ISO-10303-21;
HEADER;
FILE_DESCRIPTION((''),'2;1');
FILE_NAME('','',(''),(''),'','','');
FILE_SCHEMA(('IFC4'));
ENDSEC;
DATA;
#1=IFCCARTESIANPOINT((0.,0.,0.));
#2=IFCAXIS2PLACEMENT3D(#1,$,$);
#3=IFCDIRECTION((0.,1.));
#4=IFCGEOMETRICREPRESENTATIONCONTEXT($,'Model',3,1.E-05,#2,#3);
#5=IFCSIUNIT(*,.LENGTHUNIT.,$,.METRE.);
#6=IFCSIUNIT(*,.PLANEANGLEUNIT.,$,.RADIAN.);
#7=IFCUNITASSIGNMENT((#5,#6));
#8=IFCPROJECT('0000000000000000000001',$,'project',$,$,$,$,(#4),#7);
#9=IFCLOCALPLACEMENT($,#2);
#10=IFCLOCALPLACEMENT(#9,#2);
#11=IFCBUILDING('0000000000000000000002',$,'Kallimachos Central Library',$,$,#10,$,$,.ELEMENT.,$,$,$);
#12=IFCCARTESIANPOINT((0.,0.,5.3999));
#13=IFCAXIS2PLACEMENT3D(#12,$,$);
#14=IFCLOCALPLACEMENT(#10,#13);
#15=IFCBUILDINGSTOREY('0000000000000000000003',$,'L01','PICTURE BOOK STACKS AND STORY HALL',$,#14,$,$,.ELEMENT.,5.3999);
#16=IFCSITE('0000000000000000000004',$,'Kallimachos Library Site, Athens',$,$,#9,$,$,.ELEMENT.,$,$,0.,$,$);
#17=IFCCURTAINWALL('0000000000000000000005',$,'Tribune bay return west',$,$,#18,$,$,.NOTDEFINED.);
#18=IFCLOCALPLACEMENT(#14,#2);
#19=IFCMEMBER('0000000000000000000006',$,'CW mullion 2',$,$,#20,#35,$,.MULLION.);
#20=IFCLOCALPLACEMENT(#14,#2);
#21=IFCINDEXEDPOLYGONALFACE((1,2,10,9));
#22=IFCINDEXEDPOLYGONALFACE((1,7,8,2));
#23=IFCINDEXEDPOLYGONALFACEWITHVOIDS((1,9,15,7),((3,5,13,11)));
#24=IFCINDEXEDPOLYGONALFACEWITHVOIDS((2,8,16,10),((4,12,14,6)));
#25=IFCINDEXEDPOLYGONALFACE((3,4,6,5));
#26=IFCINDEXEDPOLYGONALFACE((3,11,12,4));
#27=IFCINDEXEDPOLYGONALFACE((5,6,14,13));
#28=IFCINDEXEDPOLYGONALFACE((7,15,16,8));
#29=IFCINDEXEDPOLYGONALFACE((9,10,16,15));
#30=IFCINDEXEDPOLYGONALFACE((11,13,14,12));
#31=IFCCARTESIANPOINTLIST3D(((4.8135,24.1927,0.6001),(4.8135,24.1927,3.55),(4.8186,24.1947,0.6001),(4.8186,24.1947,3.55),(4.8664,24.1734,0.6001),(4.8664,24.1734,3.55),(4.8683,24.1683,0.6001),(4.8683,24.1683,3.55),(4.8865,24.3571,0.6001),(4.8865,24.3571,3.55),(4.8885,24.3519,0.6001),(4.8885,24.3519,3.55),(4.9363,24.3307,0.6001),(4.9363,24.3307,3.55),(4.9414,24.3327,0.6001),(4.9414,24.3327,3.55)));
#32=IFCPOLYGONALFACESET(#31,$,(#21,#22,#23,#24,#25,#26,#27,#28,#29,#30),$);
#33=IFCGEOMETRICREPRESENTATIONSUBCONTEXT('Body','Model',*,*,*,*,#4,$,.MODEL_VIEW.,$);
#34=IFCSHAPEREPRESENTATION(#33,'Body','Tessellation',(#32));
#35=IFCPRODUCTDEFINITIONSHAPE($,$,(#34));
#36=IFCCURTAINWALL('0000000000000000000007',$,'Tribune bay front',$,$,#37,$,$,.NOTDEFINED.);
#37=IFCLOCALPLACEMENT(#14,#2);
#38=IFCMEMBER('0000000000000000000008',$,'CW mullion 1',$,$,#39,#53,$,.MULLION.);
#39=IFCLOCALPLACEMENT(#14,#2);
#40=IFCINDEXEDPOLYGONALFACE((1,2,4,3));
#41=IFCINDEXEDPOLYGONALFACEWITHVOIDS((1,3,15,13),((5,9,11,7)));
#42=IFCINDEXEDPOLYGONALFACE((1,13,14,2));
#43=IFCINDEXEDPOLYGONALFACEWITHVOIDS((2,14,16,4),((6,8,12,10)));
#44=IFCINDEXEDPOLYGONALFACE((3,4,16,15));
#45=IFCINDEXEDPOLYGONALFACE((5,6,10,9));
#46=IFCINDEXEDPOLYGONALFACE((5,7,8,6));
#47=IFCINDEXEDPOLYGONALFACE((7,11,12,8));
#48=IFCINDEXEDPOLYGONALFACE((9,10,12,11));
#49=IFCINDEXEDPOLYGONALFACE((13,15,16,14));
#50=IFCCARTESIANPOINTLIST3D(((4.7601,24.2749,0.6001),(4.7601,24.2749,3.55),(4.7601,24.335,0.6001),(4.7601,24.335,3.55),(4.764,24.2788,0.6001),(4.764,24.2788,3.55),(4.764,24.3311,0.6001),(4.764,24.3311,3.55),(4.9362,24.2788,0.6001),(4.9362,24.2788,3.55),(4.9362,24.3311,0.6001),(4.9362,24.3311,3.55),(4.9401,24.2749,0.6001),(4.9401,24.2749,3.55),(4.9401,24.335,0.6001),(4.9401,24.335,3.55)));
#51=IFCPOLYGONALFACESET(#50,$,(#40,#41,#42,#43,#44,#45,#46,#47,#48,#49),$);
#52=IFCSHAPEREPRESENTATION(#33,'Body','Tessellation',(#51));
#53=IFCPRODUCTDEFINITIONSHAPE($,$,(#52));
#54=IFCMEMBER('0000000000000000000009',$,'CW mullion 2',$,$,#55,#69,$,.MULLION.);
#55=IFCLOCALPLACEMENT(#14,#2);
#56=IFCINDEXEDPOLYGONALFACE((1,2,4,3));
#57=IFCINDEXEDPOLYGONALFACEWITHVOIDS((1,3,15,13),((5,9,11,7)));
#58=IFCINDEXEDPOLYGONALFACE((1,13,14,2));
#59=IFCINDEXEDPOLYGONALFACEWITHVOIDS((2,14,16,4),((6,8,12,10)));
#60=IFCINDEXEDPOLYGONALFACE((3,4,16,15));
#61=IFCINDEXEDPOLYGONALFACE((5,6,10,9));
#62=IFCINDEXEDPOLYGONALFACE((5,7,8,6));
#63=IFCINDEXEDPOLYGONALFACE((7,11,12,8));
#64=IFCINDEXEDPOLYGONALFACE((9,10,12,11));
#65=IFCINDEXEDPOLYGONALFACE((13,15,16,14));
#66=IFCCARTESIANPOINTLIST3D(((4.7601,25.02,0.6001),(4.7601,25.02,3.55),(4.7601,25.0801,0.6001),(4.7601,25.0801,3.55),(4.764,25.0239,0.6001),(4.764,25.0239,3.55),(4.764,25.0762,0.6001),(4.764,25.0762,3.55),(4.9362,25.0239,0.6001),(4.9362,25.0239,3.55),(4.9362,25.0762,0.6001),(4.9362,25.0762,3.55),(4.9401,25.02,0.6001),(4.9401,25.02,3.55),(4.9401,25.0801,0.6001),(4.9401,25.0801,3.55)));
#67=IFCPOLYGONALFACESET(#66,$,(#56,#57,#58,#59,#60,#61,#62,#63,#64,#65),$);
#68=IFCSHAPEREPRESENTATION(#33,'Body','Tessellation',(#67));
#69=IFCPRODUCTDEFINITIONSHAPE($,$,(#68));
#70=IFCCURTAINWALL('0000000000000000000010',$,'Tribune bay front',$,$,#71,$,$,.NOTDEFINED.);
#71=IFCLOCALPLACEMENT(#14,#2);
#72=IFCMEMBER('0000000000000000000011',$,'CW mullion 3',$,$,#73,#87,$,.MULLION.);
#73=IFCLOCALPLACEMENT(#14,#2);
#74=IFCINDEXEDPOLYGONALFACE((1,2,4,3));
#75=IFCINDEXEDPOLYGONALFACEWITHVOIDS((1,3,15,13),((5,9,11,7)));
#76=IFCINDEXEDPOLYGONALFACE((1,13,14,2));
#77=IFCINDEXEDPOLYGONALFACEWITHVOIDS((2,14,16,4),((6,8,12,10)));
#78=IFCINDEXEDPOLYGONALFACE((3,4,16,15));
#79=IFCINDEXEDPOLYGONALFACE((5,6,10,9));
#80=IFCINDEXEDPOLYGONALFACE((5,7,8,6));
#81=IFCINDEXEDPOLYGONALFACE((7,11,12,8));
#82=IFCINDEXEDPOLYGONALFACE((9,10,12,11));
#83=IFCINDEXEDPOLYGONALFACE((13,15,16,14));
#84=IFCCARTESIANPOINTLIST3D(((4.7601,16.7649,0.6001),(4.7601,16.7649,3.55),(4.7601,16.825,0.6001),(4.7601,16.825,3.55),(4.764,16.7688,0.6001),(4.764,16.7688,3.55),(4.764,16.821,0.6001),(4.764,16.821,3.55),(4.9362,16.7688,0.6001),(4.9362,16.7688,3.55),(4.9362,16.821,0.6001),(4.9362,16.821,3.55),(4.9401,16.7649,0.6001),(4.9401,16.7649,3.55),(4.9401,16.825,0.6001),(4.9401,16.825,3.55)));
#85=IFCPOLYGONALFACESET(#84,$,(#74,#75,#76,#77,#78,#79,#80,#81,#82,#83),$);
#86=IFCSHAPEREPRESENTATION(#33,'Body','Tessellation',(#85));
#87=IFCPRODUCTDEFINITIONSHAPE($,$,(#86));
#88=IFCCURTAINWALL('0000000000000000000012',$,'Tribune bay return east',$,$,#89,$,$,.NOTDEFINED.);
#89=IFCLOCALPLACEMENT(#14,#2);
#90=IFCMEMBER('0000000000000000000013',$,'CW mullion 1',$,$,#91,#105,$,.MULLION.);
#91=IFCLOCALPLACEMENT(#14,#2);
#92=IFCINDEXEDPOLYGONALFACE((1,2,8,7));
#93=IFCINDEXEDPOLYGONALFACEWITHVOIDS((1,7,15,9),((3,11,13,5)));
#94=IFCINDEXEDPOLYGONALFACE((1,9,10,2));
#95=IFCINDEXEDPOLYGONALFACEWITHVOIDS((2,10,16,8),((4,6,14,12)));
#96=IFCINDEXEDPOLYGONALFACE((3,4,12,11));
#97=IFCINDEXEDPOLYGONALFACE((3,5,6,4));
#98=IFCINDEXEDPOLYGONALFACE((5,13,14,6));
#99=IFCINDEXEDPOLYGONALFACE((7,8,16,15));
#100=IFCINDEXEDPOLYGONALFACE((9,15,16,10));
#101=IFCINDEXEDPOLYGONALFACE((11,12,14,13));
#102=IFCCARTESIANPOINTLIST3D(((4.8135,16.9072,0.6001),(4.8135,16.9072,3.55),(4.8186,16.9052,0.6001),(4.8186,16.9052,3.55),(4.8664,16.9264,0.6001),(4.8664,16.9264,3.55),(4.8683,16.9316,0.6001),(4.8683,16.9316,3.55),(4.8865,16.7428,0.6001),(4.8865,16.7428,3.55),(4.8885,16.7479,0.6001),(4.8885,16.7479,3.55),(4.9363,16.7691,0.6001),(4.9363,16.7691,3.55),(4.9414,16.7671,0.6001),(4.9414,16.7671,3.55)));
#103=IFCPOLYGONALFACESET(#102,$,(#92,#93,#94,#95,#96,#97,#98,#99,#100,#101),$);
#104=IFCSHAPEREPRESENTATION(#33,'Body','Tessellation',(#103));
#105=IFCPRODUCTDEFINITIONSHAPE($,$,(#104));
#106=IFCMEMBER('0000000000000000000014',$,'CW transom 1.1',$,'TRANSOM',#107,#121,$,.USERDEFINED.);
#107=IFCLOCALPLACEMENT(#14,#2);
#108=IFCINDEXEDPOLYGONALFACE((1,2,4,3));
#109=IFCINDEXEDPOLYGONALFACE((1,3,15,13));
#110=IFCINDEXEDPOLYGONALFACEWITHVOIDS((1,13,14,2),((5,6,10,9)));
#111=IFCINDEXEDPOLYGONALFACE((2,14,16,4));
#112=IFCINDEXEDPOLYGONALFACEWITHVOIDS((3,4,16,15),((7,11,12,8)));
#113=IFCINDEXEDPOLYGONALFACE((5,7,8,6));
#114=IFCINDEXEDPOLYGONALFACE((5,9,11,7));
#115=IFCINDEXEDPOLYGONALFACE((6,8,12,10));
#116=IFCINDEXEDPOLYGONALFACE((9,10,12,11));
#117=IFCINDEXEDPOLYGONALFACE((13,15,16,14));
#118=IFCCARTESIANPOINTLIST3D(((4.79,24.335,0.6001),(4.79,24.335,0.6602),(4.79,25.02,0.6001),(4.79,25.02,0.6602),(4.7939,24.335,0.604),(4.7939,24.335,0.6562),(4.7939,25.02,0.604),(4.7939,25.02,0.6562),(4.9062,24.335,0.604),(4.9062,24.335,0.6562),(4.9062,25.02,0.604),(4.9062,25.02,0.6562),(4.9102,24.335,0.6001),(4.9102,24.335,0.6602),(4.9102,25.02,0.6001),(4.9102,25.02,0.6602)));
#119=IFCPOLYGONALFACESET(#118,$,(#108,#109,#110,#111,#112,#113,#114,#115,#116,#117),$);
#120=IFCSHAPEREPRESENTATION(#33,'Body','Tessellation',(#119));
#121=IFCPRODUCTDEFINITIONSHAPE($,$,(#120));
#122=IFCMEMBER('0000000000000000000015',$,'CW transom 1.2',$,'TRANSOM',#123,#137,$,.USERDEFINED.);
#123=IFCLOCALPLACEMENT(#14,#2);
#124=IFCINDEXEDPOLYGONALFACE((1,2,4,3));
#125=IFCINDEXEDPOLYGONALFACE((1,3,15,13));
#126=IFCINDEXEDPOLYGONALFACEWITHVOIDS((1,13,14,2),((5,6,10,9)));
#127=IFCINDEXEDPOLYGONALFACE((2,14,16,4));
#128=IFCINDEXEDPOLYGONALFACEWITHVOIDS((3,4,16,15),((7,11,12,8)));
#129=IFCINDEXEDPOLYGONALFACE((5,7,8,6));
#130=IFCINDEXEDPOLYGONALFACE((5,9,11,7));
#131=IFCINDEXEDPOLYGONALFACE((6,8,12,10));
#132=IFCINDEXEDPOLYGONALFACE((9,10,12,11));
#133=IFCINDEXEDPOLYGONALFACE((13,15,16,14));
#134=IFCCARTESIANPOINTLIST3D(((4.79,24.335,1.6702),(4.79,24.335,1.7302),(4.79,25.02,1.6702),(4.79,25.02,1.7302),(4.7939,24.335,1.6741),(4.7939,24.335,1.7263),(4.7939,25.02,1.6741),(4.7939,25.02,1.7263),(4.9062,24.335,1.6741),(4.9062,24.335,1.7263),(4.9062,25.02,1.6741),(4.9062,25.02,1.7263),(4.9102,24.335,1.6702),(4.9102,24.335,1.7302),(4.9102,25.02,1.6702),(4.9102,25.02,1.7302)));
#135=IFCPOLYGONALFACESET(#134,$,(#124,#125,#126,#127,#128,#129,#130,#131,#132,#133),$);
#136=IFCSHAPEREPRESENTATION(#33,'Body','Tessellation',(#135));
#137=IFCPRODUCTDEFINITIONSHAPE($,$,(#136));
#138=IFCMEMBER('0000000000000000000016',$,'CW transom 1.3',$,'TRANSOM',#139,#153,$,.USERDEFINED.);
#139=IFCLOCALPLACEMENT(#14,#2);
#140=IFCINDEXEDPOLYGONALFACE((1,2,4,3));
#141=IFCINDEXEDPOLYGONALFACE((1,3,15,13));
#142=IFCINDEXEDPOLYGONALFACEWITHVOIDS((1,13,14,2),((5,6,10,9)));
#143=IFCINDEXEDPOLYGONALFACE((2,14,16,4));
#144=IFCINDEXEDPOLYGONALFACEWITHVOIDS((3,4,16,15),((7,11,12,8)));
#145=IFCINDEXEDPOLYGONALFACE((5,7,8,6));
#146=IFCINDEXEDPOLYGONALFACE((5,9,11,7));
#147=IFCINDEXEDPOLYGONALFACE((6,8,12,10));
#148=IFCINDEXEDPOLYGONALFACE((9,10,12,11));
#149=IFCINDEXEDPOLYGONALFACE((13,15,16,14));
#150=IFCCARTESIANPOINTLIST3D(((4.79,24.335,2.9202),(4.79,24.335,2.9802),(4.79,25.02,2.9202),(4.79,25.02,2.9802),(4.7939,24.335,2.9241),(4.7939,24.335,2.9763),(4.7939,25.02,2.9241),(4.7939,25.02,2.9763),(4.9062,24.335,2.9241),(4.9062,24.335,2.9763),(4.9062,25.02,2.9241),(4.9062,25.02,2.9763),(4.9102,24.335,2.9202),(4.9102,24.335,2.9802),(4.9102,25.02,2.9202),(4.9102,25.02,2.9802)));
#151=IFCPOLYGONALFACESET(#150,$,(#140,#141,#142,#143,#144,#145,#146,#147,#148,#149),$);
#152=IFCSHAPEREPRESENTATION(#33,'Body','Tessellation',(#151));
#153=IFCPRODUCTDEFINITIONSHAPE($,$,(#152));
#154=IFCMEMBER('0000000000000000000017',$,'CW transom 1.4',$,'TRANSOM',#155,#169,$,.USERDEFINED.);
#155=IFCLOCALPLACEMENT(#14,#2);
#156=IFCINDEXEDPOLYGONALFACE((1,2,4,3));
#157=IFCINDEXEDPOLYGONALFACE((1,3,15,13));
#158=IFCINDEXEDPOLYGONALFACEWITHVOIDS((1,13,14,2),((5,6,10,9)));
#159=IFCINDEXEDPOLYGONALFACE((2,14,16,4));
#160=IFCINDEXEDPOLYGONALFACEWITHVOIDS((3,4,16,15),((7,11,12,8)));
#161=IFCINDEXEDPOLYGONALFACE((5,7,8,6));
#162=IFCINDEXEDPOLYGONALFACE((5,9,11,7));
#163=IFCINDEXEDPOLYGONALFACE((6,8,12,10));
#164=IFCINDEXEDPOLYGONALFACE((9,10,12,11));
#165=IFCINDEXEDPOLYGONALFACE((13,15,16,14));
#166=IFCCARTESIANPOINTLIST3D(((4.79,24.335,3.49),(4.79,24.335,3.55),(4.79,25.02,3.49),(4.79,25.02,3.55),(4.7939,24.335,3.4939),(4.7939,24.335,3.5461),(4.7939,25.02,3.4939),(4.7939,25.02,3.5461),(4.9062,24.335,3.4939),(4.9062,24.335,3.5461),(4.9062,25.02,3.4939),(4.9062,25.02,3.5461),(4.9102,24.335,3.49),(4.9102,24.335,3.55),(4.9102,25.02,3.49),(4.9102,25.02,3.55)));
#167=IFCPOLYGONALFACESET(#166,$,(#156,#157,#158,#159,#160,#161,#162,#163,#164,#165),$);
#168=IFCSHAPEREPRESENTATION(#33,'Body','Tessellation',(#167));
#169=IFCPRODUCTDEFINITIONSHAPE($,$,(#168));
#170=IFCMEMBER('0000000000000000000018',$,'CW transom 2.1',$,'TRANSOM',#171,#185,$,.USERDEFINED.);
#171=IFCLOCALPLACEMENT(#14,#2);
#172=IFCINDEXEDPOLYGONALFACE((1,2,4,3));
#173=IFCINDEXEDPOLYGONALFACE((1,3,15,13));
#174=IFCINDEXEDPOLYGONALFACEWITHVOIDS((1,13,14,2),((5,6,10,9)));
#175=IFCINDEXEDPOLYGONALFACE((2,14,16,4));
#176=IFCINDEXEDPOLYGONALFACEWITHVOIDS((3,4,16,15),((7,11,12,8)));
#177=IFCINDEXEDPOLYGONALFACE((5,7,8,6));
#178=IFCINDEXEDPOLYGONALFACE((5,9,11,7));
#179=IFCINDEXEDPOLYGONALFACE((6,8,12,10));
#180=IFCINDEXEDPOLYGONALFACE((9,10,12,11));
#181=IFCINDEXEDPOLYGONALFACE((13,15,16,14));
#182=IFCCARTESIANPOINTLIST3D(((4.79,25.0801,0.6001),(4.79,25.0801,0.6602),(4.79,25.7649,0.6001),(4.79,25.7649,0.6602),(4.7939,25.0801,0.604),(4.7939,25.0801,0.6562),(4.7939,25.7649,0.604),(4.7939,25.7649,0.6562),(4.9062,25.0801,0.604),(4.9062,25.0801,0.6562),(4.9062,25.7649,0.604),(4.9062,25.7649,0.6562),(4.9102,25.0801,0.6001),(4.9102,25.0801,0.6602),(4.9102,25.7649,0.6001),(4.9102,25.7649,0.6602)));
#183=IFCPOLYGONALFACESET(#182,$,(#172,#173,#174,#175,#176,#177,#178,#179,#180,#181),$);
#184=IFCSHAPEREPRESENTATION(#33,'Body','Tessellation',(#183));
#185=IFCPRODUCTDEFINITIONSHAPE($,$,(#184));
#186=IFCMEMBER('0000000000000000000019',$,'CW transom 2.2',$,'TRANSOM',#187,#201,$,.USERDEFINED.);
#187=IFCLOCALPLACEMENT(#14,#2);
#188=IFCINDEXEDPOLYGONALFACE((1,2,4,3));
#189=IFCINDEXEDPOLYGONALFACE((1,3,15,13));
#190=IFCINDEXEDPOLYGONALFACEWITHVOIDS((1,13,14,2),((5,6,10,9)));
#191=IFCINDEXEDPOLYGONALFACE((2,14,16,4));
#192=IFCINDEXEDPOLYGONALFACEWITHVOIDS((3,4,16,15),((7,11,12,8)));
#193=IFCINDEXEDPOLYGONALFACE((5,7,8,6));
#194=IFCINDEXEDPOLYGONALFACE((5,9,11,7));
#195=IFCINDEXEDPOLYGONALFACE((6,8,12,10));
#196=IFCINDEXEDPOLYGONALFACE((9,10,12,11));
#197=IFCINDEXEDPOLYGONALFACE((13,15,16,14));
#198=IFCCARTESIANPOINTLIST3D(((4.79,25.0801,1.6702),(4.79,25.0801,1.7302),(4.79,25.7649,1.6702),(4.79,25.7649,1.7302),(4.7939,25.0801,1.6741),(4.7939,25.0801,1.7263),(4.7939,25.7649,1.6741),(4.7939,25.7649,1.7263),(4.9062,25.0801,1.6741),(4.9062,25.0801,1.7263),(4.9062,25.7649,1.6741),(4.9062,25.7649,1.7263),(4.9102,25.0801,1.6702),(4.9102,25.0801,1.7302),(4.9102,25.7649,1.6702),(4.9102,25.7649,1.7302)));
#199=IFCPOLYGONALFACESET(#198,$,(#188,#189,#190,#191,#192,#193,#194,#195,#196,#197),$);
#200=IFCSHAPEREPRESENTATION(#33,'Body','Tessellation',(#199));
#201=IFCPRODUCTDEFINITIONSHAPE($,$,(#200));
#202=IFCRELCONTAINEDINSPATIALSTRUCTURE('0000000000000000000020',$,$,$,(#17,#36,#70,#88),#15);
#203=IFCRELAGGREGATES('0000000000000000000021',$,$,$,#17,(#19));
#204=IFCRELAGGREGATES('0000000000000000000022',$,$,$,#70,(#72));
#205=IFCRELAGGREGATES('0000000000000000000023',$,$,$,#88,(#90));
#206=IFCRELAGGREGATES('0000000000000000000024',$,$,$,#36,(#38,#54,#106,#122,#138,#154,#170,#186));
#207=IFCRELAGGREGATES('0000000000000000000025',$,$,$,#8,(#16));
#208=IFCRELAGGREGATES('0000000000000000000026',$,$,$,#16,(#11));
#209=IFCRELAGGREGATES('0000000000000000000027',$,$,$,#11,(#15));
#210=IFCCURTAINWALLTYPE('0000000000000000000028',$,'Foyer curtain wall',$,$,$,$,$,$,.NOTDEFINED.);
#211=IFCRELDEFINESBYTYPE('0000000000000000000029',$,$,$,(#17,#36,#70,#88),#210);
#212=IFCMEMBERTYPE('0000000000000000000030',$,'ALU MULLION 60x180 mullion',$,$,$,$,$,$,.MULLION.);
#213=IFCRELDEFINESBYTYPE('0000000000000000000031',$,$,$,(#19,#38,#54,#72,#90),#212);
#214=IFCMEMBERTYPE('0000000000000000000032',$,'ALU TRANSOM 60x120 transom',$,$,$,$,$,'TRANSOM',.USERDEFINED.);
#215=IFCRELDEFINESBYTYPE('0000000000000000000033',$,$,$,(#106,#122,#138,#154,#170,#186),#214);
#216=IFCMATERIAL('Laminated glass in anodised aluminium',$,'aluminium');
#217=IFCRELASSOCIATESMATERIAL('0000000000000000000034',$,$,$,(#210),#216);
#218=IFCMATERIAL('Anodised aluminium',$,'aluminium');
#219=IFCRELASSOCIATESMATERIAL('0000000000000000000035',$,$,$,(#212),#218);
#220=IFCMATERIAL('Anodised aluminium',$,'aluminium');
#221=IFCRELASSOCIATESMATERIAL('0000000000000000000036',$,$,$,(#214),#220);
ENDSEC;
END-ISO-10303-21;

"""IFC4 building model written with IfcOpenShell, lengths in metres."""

from ifc_helpers import new_model, si_unit, direction, frame, origin, origin_2d, place, context, subcontext, project, spatial, hollow_rectangle, extrude, material, material_profile, profile_set, type_object, element, aggregate, save


model = new_model("IFC4")

# Units and contexts
model_context = context("Model", 3, precision=1e-05, world=origin(), true_north=direction((0.0, 1.0)))
body_context = subcontext(model_context, "Body", "Model", "MODEL_VIEW")
ifc_project = project(units=[si_unit("LENGTHUNIT", "METRE"), si_unit("PLANEANGLEUNIT", "RADIAN")], contexts=[model_context])

# Site, building, storey
site_placement = place(None, origin())
site = spatial("IfcSite", under=ifc_project, at=site_placement, Name="Kallimachos Library Site, Athens", CompositionType="ELEMENT", RefElevation=0.0)
building_placement = place(site_placement, origin())
building = spatial("IfcBuilding", under=site, at=building_placement, Name="Kallimachos Central Library", CompositionType="ELEMENT")
storey_placement = place(building_placement, frame((0.0, 0.0, 5.3999)))
storey = spatial("IfcBuildingStorey", under=building, at=storey_placement, Name="L01", Description="PICTURE BOOK STACKS AND STORY HALL", CompositionType="ELEMENT", Elevation=5.3999)

# Curtain wall, member
ifc_material_1 = material(Name="Laminated glass in anodised aluminium", Category="aluminium")
curtain_wall_type = type_object("IfcCurtainWallType", Name="Foyer curtain wall", PredefinedType="NOTDEFINED", material=ifc_material_1)
curtain_wall_1_placement = place(storey_placement, origin())
curtain_wall_1 = element("IfcCurtainWall", 1, at=curtain_wall_1_placement, inside=storey, type_object=curtain_wall_type, Name="Tribune bay return west", PredefinedType="NOTDEFINED")
ifc_material_2 = material(Name="Anodised aluminium", Category="aluminium")
ifc_material_profile_1 = material_profile(ifc_material_2, hollow_rectangle(XDim=0.0601, YDim=0.1799, WallThickness=0.0039, at=origin_2d()), Name="ALU MULLION 60x180")
ifc_profile_set_1 = profile_set([ifc_material_profile_1], Name="Anodised aluminium")
member_type_1 = type_object("IfcMemberType", Name="ALU MULLION 60x180 mullion", PredefinedType="MULLION", material=ifc_profile_set_1)
member_1_placement = place(storey_placement, frame((4.8774, 24.2627, 0.6001), z_axis=(0.0, 0.0, 1.0), x_axis=(-0.913812, 0.406138, 0.0)))
member_1 = element("IfcMember", 2, at=member_1_placement, type_object=member_type_1, Name="CW mullion 2", PredefinedType="MULLION", context=body_context, shape_type="SweptSolid", body=[
    extrude(hollow_rectangle(XDim=0.0601, YDim=0.1799, WallThickness=0.0039, at=origin_2d()), origin(), (0.0, 0.0, 1.0), 2.95),
])
aggregate(curtain_wall_1, [member_1])

# Curtain wall, members
curtain_wall_2_placement = place(storey_placement, origin())
curtain_wall_2 = element("IfcCurtainWall", 3, at=curtain_wall_2_placement, inside=storey, type_object=curtain_wall_type, Name="Tribune bay front", PredefinedType="NOTDEFINED")
member_2_placement = place(storey_placement, frame((4.8501, 24.3049, 0.6001), z_axis=(0.0, 0.0, 1.0), x_axis=(0.0, 1.0, 0.0)))
member_2 = element("IfcMember", 4, at=member_2_placement, type_object=member_type_1, Name="CW mullion 1", PredefinedType="MULLION", context=body_context, shape_type="SweptSolid", body=[
    extrude(hollow_rectangle(XDim=0.0601, YDim=0.1799, WallThickness=0.0039, at=origin_2d()), origin(), (0.0, 0.0, 1.0), 2.95),
])
member_3_placement = place(storey_placement, frame((4.8501, 25.05, 0.6001), z_axis=(0.0, 0.0, 1.0), x_axis=(0.0, 1.0, 0.0)))
member_3 = element("IfcMember", 5, at=member_3_placement, type_object=member_type_1, Name="CW mullion 2", PredefinedType="MULLION", context=body_context, shape_type="SweptSolid", body=[
    extrude(hollow_rectangle(XDim=0.0601, YDim=0.1799, WallThickness=0.0039, at=origin_2d()), origin(), (0.0, 0.0, 1.0), 2.95),
])

# Curtain walls, members
curtain_wall_3_placement = place(storey_placement, origin())
curtain_wall_3 = element("IfcCurtainWall", 6, at=curtain_wall_3_placement, inside=storey, type_object=curtain_wall_type, Name="Tribune bay front", PredefinedType="NOTDEFINED")
member_4_placement = place(storey_placement, frame((4.8501, 16.7949, 0.6001), z_axis=(0.0, 0.0, 1.0), x_axis=(0.0, 1.0, 0.0)))
member_4 = element("IfcMember", 7, at=member_4_placement, type_object=member_type_1, Name="CW mullion 3", PredefinedType="MULLION", context=body_context, shape_type="SweptSolid", body=[
    extrude(hollow_rectangle(XDim=0.0601, YDim=0.1799, WallThickness=0.0039, at=origin_2d()), origin(), (0.0, 0.0, 1.0), 2.95),
])
aggregate(curtain_wall_3, [member_4])
curtain_wall_4_placement = place(storey_placement, origin())
curtain_wall_4 = element("IfcCurtainWall", 8, at=curtain_wall_4_placement, inside=storey, type_object=curtain_wall_type, Name="Tribune bay return east", PredefinedType="NOTDEFINED")
member_5_placement = place(storey_placement, frame((4.8774, 16.8372, 0.6001), z_axis=(0.0, 0.0, 1.0), x_axis=(0.913812, 0.406138, 0.0)))
member_5 = element("IfcMember", 9, at=member_5_placement, type_object=member_type_1, Name="CW mullion 1", PredefinedType="MULLION", context=body_context, shape_type="SweptSolid", body=[
    extrude(hollow_rectangle(XDim=0.0601, YDim=0.1799, WallThickness=0.0039, at=origin_2d()), origin(), (0.0, 0.0, 1.0), 2.95),
])

# Members
ifc_material_3 = material(Name="Anodised aluminium", Category="aluminium")
ifc_material_profile_2 = material_profile(ifc_material_3, hollow_rectangle(XDim=0.0601, YDim=0.1201, WallThickness=0.0039, at=origin_2d()), Name="ALU TRANSOM 60x120")
ifc_profile_set_2 = profile_set([ifc_material_profile_2], Name="Anodised aluminium")
member_type_2 = type_object("IfcMemberType", Name="ALU TRANSOM 60x120 transom", ElementType="TRANSOM", PredefinedType="USERDEFINED", material=ifc_profile_set_2)
member_6_placement = place(storey_placement, frame((4.8501, 24.335, 0.6301), z_axis=(0.0, 1.0, 0.0), x_axis=(0.0, 0.0, 1.0)))
member_6 = element("IfcMember", 10, at=member_6_placement, type_object=member_type_2, Name="CW transom 1.1", ObjectType="TRANSOM", PredefinedType="USERDEFINED", context=body_context, shape_type="SweptSolid", body=[
    extrude(hollow_rectangle(XDim=0.0601, YDim=0.1201, WallThickness=0.0039, at=origin_2d()), origin(), (0.0, 0.0, 1.0), 0.6851),
])
member_7_placement = place(storey_placement, frame((4.8501, 24.335, 1.7002), z_axis=(0.0, 1.0, 0.0), x_axis=(0.0, 0.0, 1.0)))
member_7 = element("IfcMember", 11, at=member_7_placement, type_object=member_type_2, Name="CW transom 1.2", ObjectType="TRANSOM", PredefinedType="USERDEFINED", context=body_context, shape_type="SweptSolid", body=[
    extrude(hollow_rectangle(XDim=0.0601, YDim=0.1201, WallThickness=0.0039, at=origin_2d()), origin(), (0.0, 0.0, 1.0), 0.6851),
])
member_8_placement = place(storey_placement, frame((4.8501, 24.335, 2.9502), z_axis=(0.0, 1.0, 0.0), x_axis=(0.0, 0.0, 1.0)))
member_8 = element("IfcMember", 12, at=member_8_placement, type_object=member_type_2, Name="CW transom 1.3", ObjectType="TRANSOM", PredefinedType="USERDEFINED", context=body_context, shape_type="SweptSolid", body=[
    extrude(hollow_rectangle(XDim=0.0601, YDim=0.1201, WallThickness=0.0039, at=origin_2d()), origin(), (0.0, 0.0, 1.0), 0.6851),
])
member_9_placement = place(storey_placement, frame((4.8501, 24.335, 3.52), z_axis=(0.0, 1.0, 0.0), x_axis=(0.0, 0.0, 1.0)))
member_9 = element("IfcMember", 13, at=member_9_placement, type_object=member_type_2, Name="CW transom 1.4", ObjectType="TRANSOM", PredefinedType="USERDEFINED", context=body_context, shape_type="SweptSolid", body=[
    extrude(hollow_rectangle(XDim=0.0601, YDim=0.1201, WallThickness=0.0039, at=origin_2d()), origin(), (0.0, 0.0, 1.0), 0.6851),
])
member_10_placement = place(storey_placement, frame((4.8501, 25.0801, 0.6301), z_axis=(0.0, 1.0, 0.0), x_axis=(0.0, 0.0, 1.0)))
member_10 = element("IfcMember", 14, at=member_10_placement, type_object=member_type_2, Name="CW transom 2.1", ObjectType="TRANSOM", PredefinedType="USERDEFINED", context=body_context, shape_type="SweptSolid", body=[
    extrude(hollow_rectangle(XDim=0.0601, YDim=0.1201, WallThickness=0.0039, at=origin_2d()), origin(), (0.0, 0.0, 1.0), 0.6848),
])
member_11_placement = place(storey_placement, frame((4.8501, 25.0801, 1.7002), z_axis=(0.0, 1.0, 0.0), x_axis=(0.0, 0.0, 1.0)))
member_11 = element("IfcMember", 15, at=member_11_placement, type_object=member_type_2, Name="CW transom 2.2", ObjectType="TRANSOM", PredefinedType="USERDEFINED", context=body_context, shape_type="SweptSolid", body=[
    extrude(hollow_rectangle(XDim=0.0601, YDim=0.1201, WallThickness=0.0039, at=origin_2d()), origin(), (0.0, 0.0, 1.0), 0.6848),
])
aggregate(curtain_wall_4, [member_5])

aggregate(curtain_wall_2, [member_2, member_3, member_6, member_7, member_8, member_9, member_10, member_11])

save(model, "model.ifc")
